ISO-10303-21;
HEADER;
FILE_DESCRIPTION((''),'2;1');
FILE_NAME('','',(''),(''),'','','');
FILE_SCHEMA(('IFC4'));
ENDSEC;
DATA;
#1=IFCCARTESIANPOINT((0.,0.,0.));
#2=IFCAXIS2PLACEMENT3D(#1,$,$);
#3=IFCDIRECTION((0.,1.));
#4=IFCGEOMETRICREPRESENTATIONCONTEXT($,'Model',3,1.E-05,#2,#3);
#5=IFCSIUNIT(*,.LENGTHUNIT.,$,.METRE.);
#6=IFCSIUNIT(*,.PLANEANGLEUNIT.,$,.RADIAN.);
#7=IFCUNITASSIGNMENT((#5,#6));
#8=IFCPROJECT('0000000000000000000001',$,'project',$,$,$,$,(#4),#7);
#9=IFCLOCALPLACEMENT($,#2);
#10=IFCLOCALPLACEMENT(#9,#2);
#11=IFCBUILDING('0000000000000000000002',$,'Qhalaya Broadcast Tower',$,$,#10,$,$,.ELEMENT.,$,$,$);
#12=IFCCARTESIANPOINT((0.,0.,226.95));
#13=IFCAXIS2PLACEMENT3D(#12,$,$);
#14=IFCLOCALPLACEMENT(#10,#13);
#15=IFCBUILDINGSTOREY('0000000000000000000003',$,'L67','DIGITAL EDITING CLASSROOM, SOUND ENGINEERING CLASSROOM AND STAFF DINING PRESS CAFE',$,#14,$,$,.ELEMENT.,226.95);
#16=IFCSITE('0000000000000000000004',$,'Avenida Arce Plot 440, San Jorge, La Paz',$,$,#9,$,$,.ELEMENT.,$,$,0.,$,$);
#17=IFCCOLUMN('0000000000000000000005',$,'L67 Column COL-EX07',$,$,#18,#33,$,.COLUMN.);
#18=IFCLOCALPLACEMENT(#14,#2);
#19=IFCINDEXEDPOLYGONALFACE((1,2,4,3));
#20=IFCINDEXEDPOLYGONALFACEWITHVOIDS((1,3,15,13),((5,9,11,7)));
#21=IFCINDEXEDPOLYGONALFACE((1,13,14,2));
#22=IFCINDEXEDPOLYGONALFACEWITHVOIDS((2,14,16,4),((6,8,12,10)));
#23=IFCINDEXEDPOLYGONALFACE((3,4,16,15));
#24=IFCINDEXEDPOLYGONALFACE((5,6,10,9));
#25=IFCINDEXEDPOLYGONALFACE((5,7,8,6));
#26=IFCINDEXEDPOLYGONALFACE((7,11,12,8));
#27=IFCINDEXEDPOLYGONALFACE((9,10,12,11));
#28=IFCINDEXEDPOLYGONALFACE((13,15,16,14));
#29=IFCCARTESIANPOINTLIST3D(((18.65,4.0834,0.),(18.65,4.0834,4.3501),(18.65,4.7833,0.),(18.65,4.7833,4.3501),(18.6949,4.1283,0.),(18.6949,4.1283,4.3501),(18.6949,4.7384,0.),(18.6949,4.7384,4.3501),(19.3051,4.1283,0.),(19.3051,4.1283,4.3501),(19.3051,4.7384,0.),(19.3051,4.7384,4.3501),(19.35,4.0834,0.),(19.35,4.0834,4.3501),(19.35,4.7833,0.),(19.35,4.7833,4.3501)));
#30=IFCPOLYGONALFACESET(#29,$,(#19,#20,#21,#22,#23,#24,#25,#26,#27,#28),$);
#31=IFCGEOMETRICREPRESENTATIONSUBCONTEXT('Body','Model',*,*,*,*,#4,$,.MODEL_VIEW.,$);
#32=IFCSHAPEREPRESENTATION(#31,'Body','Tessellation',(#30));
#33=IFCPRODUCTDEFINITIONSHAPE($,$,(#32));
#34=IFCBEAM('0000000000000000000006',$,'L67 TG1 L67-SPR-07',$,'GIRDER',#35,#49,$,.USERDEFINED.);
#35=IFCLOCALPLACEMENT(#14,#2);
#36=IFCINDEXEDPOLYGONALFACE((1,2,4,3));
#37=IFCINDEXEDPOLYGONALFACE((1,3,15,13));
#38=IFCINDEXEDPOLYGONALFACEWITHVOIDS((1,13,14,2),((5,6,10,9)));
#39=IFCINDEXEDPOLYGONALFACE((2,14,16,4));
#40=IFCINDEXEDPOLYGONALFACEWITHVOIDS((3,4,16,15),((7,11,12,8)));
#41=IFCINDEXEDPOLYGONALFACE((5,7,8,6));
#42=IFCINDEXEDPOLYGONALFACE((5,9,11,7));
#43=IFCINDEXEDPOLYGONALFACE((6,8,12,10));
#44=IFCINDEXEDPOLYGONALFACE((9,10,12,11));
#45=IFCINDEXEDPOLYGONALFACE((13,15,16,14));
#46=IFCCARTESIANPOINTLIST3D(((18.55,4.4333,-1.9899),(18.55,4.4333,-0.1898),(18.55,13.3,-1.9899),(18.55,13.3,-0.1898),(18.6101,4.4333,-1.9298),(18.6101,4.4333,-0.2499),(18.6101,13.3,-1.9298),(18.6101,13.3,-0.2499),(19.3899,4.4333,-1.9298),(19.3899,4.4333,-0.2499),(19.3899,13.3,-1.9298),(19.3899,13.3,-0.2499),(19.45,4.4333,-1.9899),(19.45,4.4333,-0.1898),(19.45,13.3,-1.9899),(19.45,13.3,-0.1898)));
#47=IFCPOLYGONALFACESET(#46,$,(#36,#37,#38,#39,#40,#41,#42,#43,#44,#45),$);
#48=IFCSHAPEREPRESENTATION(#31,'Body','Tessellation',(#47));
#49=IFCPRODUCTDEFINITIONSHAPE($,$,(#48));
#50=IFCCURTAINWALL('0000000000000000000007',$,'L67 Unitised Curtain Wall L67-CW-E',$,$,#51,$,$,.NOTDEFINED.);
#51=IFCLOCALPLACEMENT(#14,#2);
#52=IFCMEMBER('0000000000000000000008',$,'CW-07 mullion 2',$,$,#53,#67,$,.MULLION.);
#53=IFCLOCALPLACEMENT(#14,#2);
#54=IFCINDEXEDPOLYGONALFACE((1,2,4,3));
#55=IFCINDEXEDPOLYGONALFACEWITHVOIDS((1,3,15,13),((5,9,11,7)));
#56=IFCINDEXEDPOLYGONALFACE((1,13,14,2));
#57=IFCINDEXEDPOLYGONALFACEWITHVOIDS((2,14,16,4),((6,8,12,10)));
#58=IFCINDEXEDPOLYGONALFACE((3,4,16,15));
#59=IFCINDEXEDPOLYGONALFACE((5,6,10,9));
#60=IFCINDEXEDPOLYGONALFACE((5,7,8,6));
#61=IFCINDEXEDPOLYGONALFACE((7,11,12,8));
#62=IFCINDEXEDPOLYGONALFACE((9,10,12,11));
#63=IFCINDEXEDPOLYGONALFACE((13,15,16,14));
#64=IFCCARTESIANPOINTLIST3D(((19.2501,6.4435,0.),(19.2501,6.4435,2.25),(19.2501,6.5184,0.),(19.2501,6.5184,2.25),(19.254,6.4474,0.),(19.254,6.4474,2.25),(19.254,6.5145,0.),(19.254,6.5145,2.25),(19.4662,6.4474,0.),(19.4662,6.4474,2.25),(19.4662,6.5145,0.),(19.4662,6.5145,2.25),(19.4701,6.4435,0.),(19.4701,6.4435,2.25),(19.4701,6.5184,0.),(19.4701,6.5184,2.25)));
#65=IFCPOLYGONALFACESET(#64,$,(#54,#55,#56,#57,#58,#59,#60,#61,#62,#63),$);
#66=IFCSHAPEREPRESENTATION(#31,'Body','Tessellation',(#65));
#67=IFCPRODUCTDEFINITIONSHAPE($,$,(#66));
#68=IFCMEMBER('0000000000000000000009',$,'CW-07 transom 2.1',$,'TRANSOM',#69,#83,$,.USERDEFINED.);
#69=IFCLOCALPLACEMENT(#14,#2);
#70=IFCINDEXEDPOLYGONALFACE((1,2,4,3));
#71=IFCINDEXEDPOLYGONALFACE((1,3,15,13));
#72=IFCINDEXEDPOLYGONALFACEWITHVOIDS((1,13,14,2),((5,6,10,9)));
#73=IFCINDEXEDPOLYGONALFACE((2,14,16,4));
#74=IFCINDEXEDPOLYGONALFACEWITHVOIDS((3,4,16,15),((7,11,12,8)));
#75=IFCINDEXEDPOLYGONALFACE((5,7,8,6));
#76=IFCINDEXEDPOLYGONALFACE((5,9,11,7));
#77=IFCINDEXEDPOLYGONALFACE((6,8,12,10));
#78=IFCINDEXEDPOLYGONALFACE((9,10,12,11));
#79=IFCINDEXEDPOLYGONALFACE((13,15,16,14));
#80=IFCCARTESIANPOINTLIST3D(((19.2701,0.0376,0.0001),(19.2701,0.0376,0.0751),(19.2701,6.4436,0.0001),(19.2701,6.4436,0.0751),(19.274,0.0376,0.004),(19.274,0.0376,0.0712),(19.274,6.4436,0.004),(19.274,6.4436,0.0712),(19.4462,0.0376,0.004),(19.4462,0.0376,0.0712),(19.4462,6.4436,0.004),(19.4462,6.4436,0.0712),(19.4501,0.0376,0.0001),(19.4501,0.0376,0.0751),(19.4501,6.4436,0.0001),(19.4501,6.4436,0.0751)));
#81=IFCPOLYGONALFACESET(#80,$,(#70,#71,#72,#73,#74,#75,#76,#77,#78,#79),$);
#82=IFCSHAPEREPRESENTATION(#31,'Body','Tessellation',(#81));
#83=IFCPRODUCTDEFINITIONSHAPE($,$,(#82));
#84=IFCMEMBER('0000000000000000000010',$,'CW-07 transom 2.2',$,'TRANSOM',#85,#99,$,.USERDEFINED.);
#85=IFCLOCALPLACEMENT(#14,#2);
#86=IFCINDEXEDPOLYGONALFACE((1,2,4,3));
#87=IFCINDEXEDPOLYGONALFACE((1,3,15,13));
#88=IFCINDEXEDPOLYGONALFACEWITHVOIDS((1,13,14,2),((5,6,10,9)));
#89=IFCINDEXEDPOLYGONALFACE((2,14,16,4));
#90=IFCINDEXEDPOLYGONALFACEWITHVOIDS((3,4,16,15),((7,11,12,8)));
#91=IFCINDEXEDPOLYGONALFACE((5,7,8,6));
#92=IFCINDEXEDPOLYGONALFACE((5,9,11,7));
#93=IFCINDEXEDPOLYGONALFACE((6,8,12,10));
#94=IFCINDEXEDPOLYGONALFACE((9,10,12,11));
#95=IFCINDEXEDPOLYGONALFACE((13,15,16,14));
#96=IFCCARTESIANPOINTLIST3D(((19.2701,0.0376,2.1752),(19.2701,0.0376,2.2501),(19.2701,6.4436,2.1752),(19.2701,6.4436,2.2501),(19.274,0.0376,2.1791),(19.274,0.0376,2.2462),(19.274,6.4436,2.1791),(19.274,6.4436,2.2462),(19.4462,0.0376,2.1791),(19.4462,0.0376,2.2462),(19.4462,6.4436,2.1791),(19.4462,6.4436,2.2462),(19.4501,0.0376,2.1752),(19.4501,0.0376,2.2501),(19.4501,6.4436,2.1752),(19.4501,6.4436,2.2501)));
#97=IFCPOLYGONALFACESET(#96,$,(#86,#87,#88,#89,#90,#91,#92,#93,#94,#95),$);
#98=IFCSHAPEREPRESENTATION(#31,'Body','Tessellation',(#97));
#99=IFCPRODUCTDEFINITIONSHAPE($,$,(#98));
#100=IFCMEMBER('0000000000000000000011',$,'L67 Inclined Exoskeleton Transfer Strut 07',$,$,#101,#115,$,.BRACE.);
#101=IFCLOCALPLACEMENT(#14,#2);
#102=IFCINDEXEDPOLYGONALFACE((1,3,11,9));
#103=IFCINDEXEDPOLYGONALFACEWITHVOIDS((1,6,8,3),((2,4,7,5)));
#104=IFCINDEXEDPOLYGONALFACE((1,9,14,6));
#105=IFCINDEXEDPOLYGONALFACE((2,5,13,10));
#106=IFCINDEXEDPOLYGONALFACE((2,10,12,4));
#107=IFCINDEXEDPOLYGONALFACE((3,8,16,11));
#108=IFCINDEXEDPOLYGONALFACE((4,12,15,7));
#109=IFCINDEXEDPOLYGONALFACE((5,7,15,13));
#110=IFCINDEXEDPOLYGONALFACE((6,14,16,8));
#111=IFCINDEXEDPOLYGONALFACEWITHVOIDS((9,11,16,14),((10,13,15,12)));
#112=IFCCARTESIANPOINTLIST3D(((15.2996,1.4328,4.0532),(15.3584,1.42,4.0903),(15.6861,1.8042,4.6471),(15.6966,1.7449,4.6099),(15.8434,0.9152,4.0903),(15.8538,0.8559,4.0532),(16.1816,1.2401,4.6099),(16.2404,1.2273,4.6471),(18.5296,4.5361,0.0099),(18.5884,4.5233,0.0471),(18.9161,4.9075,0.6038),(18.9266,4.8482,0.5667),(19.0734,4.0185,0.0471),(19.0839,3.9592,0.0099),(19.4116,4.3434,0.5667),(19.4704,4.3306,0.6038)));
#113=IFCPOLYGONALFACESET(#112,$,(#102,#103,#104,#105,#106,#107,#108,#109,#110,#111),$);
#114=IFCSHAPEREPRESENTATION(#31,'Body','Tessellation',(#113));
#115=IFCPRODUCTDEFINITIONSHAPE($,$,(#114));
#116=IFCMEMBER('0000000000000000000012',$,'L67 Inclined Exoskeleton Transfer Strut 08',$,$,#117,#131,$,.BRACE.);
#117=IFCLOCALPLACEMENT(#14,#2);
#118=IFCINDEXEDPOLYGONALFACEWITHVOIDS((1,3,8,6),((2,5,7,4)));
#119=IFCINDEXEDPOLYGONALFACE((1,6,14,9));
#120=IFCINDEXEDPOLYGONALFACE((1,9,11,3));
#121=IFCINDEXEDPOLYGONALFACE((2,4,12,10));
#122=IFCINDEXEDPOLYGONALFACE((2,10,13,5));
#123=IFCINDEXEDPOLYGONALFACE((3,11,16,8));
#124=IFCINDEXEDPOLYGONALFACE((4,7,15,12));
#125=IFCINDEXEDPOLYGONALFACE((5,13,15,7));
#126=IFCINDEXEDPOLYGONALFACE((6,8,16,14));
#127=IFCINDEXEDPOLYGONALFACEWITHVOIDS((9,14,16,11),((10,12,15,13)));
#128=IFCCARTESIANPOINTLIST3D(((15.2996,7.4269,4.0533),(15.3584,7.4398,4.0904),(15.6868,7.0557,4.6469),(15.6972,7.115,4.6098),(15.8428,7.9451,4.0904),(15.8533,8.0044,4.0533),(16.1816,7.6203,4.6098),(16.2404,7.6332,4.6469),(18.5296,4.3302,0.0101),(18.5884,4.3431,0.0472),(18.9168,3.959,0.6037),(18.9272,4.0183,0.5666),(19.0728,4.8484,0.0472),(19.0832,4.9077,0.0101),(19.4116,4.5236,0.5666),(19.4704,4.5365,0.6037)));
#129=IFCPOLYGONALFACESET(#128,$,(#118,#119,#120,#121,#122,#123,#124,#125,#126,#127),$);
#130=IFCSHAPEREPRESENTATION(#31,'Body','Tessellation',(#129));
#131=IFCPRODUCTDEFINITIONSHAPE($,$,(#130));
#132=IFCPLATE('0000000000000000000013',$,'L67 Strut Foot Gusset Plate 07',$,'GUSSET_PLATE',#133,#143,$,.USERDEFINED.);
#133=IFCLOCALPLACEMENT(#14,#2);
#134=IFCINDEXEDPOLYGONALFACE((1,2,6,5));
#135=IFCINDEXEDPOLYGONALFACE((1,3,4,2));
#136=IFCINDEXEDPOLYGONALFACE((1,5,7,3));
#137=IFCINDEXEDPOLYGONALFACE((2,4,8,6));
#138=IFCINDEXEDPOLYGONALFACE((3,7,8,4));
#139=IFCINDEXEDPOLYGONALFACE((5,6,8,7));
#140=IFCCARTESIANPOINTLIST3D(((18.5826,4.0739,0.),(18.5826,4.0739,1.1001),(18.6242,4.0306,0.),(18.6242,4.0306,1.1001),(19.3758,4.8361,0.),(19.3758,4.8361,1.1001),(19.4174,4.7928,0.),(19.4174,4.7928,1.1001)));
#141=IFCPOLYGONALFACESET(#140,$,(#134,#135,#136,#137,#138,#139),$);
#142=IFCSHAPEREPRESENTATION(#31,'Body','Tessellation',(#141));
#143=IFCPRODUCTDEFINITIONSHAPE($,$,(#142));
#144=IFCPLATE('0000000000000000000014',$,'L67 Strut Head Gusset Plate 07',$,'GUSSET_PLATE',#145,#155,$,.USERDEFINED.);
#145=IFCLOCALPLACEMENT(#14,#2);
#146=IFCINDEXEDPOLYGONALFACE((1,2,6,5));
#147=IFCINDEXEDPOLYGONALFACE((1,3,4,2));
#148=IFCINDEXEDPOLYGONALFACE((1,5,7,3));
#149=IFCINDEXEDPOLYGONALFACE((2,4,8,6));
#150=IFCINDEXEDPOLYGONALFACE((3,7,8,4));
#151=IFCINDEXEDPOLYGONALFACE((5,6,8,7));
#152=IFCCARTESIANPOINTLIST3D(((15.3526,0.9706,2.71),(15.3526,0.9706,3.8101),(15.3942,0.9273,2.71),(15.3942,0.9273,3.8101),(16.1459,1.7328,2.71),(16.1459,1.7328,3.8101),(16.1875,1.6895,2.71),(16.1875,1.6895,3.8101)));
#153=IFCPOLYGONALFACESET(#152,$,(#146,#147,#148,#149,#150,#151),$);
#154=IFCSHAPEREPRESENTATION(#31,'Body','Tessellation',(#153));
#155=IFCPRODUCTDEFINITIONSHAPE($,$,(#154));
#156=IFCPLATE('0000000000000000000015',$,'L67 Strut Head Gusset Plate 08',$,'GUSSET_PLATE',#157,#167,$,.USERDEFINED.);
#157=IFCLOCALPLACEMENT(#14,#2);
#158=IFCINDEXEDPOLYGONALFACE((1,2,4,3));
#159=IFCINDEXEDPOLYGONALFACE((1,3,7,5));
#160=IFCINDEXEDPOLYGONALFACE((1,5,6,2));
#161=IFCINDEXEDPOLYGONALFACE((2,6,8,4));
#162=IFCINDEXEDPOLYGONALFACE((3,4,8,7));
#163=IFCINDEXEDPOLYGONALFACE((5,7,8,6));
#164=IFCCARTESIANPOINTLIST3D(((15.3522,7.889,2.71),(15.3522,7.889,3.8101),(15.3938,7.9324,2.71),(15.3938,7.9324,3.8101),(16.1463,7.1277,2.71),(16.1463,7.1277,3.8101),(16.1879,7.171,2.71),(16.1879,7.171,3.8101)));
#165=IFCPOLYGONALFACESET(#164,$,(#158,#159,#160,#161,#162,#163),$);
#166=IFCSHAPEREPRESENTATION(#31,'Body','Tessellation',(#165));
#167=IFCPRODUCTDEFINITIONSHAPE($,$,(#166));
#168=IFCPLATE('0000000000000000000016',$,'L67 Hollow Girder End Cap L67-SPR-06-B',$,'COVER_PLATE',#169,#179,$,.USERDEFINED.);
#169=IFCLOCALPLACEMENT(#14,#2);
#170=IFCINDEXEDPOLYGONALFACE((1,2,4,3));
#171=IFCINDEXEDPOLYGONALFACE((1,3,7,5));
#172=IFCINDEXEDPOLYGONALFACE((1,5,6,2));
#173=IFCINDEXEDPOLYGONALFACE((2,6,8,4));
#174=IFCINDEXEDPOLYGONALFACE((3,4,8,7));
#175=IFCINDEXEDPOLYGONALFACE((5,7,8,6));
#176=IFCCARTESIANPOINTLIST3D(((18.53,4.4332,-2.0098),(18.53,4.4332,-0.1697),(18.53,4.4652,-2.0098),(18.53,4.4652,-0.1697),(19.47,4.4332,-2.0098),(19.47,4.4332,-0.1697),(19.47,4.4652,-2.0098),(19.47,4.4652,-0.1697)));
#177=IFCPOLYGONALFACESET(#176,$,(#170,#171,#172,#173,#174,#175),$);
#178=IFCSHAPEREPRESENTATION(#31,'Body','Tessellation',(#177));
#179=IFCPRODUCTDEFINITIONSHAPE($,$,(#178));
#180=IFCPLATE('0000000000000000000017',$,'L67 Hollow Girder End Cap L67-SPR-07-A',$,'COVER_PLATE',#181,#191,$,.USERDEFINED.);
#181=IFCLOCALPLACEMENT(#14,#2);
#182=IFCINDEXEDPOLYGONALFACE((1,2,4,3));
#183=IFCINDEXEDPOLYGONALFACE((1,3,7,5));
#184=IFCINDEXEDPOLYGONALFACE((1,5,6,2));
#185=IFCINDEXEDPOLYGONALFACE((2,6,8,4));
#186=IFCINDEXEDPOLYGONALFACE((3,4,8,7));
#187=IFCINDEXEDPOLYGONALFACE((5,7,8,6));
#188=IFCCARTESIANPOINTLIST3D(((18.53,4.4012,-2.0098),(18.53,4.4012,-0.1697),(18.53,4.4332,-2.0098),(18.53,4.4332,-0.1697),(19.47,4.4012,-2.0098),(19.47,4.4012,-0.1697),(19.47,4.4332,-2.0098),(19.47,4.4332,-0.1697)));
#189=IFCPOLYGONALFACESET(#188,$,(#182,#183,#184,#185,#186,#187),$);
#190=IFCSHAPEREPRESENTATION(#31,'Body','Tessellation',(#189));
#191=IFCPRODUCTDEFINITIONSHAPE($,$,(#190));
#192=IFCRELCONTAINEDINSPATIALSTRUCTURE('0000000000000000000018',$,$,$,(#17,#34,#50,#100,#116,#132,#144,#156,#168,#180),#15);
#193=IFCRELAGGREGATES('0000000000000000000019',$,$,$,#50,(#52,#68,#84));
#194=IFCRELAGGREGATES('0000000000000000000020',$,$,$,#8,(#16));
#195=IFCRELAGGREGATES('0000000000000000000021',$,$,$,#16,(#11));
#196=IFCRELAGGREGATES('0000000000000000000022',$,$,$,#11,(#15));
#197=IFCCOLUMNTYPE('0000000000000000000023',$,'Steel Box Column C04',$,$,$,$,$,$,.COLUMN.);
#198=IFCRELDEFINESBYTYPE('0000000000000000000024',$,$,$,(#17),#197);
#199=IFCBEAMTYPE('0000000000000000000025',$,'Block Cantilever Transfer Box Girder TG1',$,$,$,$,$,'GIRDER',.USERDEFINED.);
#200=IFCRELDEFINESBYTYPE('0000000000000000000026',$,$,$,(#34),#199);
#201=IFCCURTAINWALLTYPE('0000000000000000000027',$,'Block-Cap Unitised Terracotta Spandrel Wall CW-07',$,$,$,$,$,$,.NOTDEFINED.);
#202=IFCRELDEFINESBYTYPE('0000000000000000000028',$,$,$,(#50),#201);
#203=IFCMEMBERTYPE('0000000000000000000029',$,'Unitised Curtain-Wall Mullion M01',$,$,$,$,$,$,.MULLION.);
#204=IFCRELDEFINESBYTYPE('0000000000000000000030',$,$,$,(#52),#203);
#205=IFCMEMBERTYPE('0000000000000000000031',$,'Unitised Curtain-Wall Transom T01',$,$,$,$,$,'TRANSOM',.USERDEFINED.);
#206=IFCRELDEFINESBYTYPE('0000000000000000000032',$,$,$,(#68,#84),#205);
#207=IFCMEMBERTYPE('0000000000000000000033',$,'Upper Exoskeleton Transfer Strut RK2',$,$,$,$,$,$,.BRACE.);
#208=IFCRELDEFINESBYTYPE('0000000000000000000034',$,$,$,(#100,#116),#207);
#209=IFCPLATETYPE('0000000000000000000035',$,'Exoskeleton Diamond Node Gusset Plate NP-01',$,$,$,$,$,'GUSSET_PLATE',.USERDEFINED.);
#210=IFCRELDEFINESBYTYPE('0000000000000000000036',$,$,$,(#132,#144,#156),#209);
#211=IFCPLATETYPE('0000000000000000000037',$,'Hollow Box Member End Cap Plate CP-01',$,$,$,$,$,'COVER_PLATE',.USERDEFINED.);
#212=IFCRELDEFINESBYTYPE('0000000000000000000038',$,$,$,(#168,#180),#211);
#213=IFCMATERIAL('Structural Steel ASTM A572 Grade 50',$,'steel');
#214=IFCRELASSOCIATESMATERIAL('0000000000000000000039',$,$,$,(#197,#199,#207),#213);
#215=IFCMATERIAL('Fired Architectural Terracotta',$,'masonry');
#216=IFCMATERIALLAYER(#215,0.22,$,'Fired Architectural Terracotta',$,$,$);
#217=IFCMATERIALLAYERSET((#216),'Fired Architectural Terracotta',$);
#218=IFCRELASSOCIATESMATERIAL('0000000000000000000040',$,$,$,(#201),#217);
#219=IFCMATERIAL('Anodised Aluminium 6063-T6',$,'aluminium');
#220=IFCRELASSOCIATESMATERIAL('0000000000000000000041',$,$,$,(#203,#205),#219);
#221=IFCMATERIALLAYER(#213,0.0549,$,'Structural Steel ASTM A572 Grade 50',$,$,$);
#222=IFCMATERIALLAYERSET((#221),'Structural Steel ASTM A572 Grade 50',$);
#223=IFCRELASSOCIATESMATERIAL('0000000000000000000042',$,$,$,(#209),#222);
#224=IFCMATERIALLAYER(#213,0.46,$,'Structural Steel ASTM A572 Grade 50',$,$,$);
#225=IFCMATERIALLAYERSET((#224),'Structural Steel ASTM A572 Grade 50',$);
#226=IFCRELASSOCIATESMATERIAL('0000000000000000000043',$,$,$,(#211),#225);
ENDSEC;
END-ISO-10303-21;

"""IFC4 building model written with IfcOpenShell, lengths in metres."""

from ifc_helpers import new_model, si_unit, direction, frame, origin, origin_2d, place, context, subcontext, project, spatial, rectangle, hollow_rectangle, extrude, material, layer, layer_set, material_profile, profile_set, type_object, element, aggregate, save


model = new_model("IFC4")

# Units and contexts
model_context = context("Model", 3, precision=1e-05, world=origin(), true_north=direction((0.0, 1.0)))
body_context = subcontext(model_context, "Body", "Model", "MODEL_VIEW")
ifc_project = project(units=[si_unit("LENGTHUNIT", "METRE"), si_unit("PLANEANGLEUNIT", "RADIAN")], contexts=[model_context])

# Site, building, storey
site_placement = place(None, origin())
site = spatial("IfcSite", under=ifc_project, at=site_placement, Name="Avenida Arce Plot 440, San Jorge, La Paz", CompositionType="ELEMENT", RefElevation=0.0)
building_placement = place(site_placement, origin())
building = spatial("IfcBuilding", under=site, at=building_placement, Name="Qhalaya Broadcast Tower", CompositionType="ELEMENT")
storey_placement = place(building_placement, frame((0.0, 0.0, 226.95)))
storey = spatial("IfcBuildingStorey", under=building, at=storey_placement, Name="L67", Description="DIGITAL EDITING CLASSROOM, SOUND ENGINEERING CLASSROOM AND STAFF DINING PRESS CAFE", CompositionType="ELEMENT", Elevation=226.95)

# Column
ifc_material_1 = material(Name="Structural Steel ASTM A572 Grade 50", Category="steel")
ifc_material_profile_1 = material_profile(ifc_material_1, hollow_rectangle(XDim=0.7, YDim=0.7, WallThickness=0.0449, at=origin_2d()), Name="BOX 700x700x45")
ifc_profile_set_1 = profile_set([ifc_material_profile_1], Name="Structural Steel ASTM A572 Grade 50")
column_type = type_object("IfcColumnType", Name="Steel Box Column C04", PredefinedType="COLUMN", material=ifc_profile_set_1)
column_placement = place(storey_placement, frame((19.0, 4.4333, 0.0), z_axis=(0.0, 0.0, 1.0), x_axis=(0.0, 1.0, 0.0)))
element("IfcColumn", 1, at=column_placement, inside=storey, type_object=column_type, Name="L67 Column COL-EX07", PredefinedType="COLUMN", context=body_context, shape_type="SweptSolid", body=[
    extrude(hollow_rectangle(XDim=0.7, YDim=0.7, WallThickness=0.0449, at=origin_2d()), origin(), (0.0, 0.0, 1.0), 4.3501),
])

# Beam
ifc_material_profile_2 = material_profile(ifc_material_1, hollow_rectangle(XDim=0.8999, YDim=1.8, WallThickness=0.0601, at=origin_2d()), Name="BOX 900x1800x60")
ifc_profile_set_2 = profile_set([ifc_material_profile_2], Name="Structural Steel ASTM A572 Grade 50")
beam_type = type_object("IfcBeamType", Name="Block Cantilever Transfer Box Girder TG1", ElementType="GIRDER", PredefinedType="USERDEFINED", material=ifc_profile_set_2)
beam_placement = place(storey_placement, frame((19.0, 4.4333, -1.0898), z_axis=(0.0, 1.0, 0.0), x_axis=(-1.0, 0.0, 0.0)))
element("IfcBeam", 2, at=beam_placement, inside=storey, type_object=beam_type, Name="L67 TG1 L67-SPR-07", ObjectType="GIRDER", PredefinedType="USERDEFINED", context=body_context, shape_type="SweptSolid", body=[
    extrude(hollow_rectangle(XDim=0.8999, YDim=1.8, WallThickness=0.0601, at=origin_2d()), origin(), (0.0, 0.0, 1.0), 8.8667),
])

# Curtain wall, members
ifc_material_2 = material(Name="Fired Architectural Terracotta", Category="masonry")
ifc_layer_1 = layer(ifc_material_2, 0.22, Name="Fired Architectural Terracotta")
ifc_layer_set_1 = layer_set([ifc_layer_1], Name="Fired Architectural Terracotta")
curtain_wall_type = type_object("IfcCurtainWallType", Name="Block-Cap Unitised Terracotta Spandrel Wall CW-07", PredefinedType="NOTDEFINED", material=ifc_layer_set_1)
curtain_wall_placement = place(storey_placement, origin())
curtain_wall = element("IfcCurtainWall", 3, at=curtain_wall_placement, inside=storey, type_object=curtain_wall_type, Name="L67 Unitised Curtain Wall L67-CW-E", PredefinedType="NOTDEFINED")
ifc_material_3 = material(Name="Anodised Aluminium 6063-T6", Category="aluminium")
ifc_material_profile_3 = material_profile(ifc_material_3, hollow_rectangle(XDim=0.075, YDim=0.22, WallThickness=0.0039, at=origin_2d()), Name="ALU-MUL 75x220x4")
ifc_profile_set_3 = profile_set([ifc_material_profile_3], Name="Anodised Aluminium 6063-T6")
member_type_1 = type_object("IfcMemberType", Name="Unitised Curtain-Wall Mullion M01", PredefinedType="MULLION", material=ifc_profile_set_3)
member_1_placement = place(storey_placement, frame((19.3601, 6.481, 0.0), z_axis=(0.0, 0.0, 1.0), x_axis=(0.0, -1.0, 0.0)))
member_1 = element("IfcMember", 4, at=member_1_placement, type_object=member_type_1, Name="CW-07 mullion 2", PredefinedType="MULLION", context=body_context, shape_type="SweptSolid", body=[
    extrude(hollow_rectangle(XDim=0.075, YDim=0.22, WallThickness=0.0039, at=origin_2d()), origin(), (0.0, 0.0, 1.0), 2.25),
])
ifc_material_profile_4 = material_profile(ifc_material_3, hollow_rectangle(XDim=0.075, YDim=0.1799, WallThickness=0.0039, at=origin_2d()), Name="ALU-TRN 75x180x4")
ifc_profile_set_4 = profile_set([ifc_material_profile_4], Name="Anodised Aluminium 6063-T6")
member_type_2 = type_object("IfcMemberType", Name="Unitised Curtain-Wall Transom T01", ElementType="TRANSOM", PredefinedType="USERDEFINED", material=ifc_profile_set_4)
member_2_placement = place(storey_placement, frame((19.3601, 6.4436, 0.0376), z_axis=(0.0, -1.0, 0.0), x_axis=(0.0, 0.0, 1.0)))
member_2 = element("IfcMember", 5, at=member_2_placement, type_object=member_type_2, Name="CW-07 transom 2.1", ObjectType="TRANSOM", PredefinedType="USERDEFINED", context=body_context, shape_type="SweptSolid", body=[
    extrude(hollow_rectangle(XDim=0.075, YDim=0.1799, WallThickness=0.0039, at=origin_2d()), origin(), (0.0, 0.0, 1.0), 6.406),
])
member_3_placement = place(storey_placement, frame((19.3601, 6.4436, 2.2126), z_axis=(0.0, -1.0, 0.0), x_axis=(0.0, 0.0, 1.0)))
member_3 = element("IfcMember", 6, at=member_3_placement, type_object=member_type_2, Name="CW-07 transom 2.2", ObjectType="TRANSOM", PredefinedType="USERDEFINED", context=body_context, shape_type="SweptSolid", body=[
    extrude(hollow_rectangle(XDim=0.075, YDim=0.1799, WallThickness=0.0039, at=origin_2d()), origin(), (0.0, 0.0, 1.0), 6.406),
])

# Members
ifc_material_profile_5 = material_profile(ifc_material_1, hollow_rectangle(XDim=0.8, YDim=0.8, WallThickness=0.05, at=origin_2d()), Name="BOX 800x800x50")
ifc_profile_set_5 = profile_set([ifc_material_profile_5], Name="Structural Steel ASTM A572 Grade 50")
member_type_3 = type_object("IfcMemberType", Name="Upper Exoskeleton Transfer Strut RK2", PredefinedType="BRACE", material=ifc_profile_set_5)
member_4_placement = place(storey_placement, frame((19.0, 4.4333, 0.3069), z_axis=(-0.535286, -0.514287, 0.670058), x_axis=(0.692821, -0.72111, 0.0)))
element("IfcMember", 7, at=member_4_placement, inside=storey, type_object=member_type_3, Name="L67 Inclined Exoskeleton Transfer Strut 07", PredefinedType="BRACE", context=body_context, shape_type="SweptSolid", body=[
    extrude(hollow_rectangle(XDim=0.8, YDim=0.8, WallThickness=0.05, at=origin_2d()), origin(), (0.0, 0.0, 1.0), 6.0342),
])
member_5_placement = place(storey_placement, frame((19.0, 4.4333, 0.3069), z_axis=(-0.535587, 0.513483, 0.670434), x_axis=(-0.692055, -0.721845, 0.0)))
element("IfcMember", 8, at=member_5_placement, inside=storey, type_object=member_type_3, Name="L67 Inclined Exoskeleton Transfer Strut 08", PredefinedType="BRACE", context=body_context, shape_type="SweptSolid", body=[
    extrude(hollow_rectangle(XDim=0.8, YDim=0.8, WallThickness=0.05, at=origin_2d()), origin(), (0.0, 0.0, 1.0), 6.0308),
])

# Plates
ifc_layer_2 = layer(ifc_material_1, 0.0549, Name="Structural Steel ASTM A572 Grade 50")
ifc_layer_set_2 = layer_set([ifc_layer_2], Name="Structural Steel ASTM A572 Grade 50")
plate_type_1 = type_object("IfcPlateType", Name="Exoskeleton Diamond Node Gusset Plate NP-01", ElementType="GUSSET_PLATE", PredefinedType="USERDEFINED", material=ifc_layer_set_2)
for number, where, z_axis, x_axis, name in (
    (9, (19.0, 4.4333, 0.0), (0.0, 0.0, 1.0), (-0.721108, -0.692823, 0.0), "L67 Strut Foot Gusset Plate 07"),
    (10, (15.77, 1.3301, 2.71), (0.0, 0.0, 1.0), (-0.721108, -0.692823, 0.0), "L67 Strut Head Gusset Plate 07"),
    (11, (15.77, 7.53, 2.71), (0.0, 0.0, 1.0), (-0.721845, 0.692055, 0.0), "L67 Strut Head Gusset Plate 08"),
):
    element("IfcPlate", number, at=place(storey_placement, frame(where, z_axis=z_axis, x_axis=x_axis)), inside=storey, type_object=plate_type_1, Name=name, ObjectType="GUSSET_PLATE", PredefinedType="USERDEFINED", context=body_context, shape_type="SweptSolid", body=[
        extrude(rectangle(XDim=1.1001, YDim=0.0601, at=origin_2d()), origin(), (0.0, 0.0, 1.0), 1.1001),
    ])
ifc_layer_3 = layer(ifc_material_1, 0.46, Name="Structural Steel ASTM A572 Grade 50")
ifc_layer_set_3 = layer_set([ifc_layer_3], Name="Structural Steel ASTM A572 Grade 50")
plate_type_2 = type_object("IfcPlateType", Name="Hollow Box Member End Cap Plate CP-01", ElementType="COVER_PLATE", PredefinedType="USERDEFINED", material=ifc_layer_set_3)
for number, where, z_axis, x_axis, name in (
    (12, (19.0, 4.4492, -2.0098), (0.0, 0.0, 1.0), (-1.0, 0.0, 0.0), "L67 Hollow Girder End Cap L67-SPR-06-B"),
    (13, (19.0, 4.4172, -2.0098), (0.0, 0.0, 1.0), (-1.0, 0.0, 0.0), "L67 Hollow Girder End Cap L67-SPR-07-A"),
):
    element("IfcPlate", number, at=place(storey_placement, frame(where, z_axis=z_axis, x_axis=x_axis)), inside=storey, type_object=plate_type_2, Name=name, ObjectType="COVER_PLATE", PredefinedType="USERDEFINED", context=body_context, shape_type="SweptSolid", body=[
        extrude(rectangle(XDim=0.9399, YDim=0.032, at=origin_2d()), origin(), (0.0, 0.0, 1.0), 1.8401),
    ])

aggregate(curtain_wall, [member_1, member_2, member_3])

save(model, "model.ifc")
